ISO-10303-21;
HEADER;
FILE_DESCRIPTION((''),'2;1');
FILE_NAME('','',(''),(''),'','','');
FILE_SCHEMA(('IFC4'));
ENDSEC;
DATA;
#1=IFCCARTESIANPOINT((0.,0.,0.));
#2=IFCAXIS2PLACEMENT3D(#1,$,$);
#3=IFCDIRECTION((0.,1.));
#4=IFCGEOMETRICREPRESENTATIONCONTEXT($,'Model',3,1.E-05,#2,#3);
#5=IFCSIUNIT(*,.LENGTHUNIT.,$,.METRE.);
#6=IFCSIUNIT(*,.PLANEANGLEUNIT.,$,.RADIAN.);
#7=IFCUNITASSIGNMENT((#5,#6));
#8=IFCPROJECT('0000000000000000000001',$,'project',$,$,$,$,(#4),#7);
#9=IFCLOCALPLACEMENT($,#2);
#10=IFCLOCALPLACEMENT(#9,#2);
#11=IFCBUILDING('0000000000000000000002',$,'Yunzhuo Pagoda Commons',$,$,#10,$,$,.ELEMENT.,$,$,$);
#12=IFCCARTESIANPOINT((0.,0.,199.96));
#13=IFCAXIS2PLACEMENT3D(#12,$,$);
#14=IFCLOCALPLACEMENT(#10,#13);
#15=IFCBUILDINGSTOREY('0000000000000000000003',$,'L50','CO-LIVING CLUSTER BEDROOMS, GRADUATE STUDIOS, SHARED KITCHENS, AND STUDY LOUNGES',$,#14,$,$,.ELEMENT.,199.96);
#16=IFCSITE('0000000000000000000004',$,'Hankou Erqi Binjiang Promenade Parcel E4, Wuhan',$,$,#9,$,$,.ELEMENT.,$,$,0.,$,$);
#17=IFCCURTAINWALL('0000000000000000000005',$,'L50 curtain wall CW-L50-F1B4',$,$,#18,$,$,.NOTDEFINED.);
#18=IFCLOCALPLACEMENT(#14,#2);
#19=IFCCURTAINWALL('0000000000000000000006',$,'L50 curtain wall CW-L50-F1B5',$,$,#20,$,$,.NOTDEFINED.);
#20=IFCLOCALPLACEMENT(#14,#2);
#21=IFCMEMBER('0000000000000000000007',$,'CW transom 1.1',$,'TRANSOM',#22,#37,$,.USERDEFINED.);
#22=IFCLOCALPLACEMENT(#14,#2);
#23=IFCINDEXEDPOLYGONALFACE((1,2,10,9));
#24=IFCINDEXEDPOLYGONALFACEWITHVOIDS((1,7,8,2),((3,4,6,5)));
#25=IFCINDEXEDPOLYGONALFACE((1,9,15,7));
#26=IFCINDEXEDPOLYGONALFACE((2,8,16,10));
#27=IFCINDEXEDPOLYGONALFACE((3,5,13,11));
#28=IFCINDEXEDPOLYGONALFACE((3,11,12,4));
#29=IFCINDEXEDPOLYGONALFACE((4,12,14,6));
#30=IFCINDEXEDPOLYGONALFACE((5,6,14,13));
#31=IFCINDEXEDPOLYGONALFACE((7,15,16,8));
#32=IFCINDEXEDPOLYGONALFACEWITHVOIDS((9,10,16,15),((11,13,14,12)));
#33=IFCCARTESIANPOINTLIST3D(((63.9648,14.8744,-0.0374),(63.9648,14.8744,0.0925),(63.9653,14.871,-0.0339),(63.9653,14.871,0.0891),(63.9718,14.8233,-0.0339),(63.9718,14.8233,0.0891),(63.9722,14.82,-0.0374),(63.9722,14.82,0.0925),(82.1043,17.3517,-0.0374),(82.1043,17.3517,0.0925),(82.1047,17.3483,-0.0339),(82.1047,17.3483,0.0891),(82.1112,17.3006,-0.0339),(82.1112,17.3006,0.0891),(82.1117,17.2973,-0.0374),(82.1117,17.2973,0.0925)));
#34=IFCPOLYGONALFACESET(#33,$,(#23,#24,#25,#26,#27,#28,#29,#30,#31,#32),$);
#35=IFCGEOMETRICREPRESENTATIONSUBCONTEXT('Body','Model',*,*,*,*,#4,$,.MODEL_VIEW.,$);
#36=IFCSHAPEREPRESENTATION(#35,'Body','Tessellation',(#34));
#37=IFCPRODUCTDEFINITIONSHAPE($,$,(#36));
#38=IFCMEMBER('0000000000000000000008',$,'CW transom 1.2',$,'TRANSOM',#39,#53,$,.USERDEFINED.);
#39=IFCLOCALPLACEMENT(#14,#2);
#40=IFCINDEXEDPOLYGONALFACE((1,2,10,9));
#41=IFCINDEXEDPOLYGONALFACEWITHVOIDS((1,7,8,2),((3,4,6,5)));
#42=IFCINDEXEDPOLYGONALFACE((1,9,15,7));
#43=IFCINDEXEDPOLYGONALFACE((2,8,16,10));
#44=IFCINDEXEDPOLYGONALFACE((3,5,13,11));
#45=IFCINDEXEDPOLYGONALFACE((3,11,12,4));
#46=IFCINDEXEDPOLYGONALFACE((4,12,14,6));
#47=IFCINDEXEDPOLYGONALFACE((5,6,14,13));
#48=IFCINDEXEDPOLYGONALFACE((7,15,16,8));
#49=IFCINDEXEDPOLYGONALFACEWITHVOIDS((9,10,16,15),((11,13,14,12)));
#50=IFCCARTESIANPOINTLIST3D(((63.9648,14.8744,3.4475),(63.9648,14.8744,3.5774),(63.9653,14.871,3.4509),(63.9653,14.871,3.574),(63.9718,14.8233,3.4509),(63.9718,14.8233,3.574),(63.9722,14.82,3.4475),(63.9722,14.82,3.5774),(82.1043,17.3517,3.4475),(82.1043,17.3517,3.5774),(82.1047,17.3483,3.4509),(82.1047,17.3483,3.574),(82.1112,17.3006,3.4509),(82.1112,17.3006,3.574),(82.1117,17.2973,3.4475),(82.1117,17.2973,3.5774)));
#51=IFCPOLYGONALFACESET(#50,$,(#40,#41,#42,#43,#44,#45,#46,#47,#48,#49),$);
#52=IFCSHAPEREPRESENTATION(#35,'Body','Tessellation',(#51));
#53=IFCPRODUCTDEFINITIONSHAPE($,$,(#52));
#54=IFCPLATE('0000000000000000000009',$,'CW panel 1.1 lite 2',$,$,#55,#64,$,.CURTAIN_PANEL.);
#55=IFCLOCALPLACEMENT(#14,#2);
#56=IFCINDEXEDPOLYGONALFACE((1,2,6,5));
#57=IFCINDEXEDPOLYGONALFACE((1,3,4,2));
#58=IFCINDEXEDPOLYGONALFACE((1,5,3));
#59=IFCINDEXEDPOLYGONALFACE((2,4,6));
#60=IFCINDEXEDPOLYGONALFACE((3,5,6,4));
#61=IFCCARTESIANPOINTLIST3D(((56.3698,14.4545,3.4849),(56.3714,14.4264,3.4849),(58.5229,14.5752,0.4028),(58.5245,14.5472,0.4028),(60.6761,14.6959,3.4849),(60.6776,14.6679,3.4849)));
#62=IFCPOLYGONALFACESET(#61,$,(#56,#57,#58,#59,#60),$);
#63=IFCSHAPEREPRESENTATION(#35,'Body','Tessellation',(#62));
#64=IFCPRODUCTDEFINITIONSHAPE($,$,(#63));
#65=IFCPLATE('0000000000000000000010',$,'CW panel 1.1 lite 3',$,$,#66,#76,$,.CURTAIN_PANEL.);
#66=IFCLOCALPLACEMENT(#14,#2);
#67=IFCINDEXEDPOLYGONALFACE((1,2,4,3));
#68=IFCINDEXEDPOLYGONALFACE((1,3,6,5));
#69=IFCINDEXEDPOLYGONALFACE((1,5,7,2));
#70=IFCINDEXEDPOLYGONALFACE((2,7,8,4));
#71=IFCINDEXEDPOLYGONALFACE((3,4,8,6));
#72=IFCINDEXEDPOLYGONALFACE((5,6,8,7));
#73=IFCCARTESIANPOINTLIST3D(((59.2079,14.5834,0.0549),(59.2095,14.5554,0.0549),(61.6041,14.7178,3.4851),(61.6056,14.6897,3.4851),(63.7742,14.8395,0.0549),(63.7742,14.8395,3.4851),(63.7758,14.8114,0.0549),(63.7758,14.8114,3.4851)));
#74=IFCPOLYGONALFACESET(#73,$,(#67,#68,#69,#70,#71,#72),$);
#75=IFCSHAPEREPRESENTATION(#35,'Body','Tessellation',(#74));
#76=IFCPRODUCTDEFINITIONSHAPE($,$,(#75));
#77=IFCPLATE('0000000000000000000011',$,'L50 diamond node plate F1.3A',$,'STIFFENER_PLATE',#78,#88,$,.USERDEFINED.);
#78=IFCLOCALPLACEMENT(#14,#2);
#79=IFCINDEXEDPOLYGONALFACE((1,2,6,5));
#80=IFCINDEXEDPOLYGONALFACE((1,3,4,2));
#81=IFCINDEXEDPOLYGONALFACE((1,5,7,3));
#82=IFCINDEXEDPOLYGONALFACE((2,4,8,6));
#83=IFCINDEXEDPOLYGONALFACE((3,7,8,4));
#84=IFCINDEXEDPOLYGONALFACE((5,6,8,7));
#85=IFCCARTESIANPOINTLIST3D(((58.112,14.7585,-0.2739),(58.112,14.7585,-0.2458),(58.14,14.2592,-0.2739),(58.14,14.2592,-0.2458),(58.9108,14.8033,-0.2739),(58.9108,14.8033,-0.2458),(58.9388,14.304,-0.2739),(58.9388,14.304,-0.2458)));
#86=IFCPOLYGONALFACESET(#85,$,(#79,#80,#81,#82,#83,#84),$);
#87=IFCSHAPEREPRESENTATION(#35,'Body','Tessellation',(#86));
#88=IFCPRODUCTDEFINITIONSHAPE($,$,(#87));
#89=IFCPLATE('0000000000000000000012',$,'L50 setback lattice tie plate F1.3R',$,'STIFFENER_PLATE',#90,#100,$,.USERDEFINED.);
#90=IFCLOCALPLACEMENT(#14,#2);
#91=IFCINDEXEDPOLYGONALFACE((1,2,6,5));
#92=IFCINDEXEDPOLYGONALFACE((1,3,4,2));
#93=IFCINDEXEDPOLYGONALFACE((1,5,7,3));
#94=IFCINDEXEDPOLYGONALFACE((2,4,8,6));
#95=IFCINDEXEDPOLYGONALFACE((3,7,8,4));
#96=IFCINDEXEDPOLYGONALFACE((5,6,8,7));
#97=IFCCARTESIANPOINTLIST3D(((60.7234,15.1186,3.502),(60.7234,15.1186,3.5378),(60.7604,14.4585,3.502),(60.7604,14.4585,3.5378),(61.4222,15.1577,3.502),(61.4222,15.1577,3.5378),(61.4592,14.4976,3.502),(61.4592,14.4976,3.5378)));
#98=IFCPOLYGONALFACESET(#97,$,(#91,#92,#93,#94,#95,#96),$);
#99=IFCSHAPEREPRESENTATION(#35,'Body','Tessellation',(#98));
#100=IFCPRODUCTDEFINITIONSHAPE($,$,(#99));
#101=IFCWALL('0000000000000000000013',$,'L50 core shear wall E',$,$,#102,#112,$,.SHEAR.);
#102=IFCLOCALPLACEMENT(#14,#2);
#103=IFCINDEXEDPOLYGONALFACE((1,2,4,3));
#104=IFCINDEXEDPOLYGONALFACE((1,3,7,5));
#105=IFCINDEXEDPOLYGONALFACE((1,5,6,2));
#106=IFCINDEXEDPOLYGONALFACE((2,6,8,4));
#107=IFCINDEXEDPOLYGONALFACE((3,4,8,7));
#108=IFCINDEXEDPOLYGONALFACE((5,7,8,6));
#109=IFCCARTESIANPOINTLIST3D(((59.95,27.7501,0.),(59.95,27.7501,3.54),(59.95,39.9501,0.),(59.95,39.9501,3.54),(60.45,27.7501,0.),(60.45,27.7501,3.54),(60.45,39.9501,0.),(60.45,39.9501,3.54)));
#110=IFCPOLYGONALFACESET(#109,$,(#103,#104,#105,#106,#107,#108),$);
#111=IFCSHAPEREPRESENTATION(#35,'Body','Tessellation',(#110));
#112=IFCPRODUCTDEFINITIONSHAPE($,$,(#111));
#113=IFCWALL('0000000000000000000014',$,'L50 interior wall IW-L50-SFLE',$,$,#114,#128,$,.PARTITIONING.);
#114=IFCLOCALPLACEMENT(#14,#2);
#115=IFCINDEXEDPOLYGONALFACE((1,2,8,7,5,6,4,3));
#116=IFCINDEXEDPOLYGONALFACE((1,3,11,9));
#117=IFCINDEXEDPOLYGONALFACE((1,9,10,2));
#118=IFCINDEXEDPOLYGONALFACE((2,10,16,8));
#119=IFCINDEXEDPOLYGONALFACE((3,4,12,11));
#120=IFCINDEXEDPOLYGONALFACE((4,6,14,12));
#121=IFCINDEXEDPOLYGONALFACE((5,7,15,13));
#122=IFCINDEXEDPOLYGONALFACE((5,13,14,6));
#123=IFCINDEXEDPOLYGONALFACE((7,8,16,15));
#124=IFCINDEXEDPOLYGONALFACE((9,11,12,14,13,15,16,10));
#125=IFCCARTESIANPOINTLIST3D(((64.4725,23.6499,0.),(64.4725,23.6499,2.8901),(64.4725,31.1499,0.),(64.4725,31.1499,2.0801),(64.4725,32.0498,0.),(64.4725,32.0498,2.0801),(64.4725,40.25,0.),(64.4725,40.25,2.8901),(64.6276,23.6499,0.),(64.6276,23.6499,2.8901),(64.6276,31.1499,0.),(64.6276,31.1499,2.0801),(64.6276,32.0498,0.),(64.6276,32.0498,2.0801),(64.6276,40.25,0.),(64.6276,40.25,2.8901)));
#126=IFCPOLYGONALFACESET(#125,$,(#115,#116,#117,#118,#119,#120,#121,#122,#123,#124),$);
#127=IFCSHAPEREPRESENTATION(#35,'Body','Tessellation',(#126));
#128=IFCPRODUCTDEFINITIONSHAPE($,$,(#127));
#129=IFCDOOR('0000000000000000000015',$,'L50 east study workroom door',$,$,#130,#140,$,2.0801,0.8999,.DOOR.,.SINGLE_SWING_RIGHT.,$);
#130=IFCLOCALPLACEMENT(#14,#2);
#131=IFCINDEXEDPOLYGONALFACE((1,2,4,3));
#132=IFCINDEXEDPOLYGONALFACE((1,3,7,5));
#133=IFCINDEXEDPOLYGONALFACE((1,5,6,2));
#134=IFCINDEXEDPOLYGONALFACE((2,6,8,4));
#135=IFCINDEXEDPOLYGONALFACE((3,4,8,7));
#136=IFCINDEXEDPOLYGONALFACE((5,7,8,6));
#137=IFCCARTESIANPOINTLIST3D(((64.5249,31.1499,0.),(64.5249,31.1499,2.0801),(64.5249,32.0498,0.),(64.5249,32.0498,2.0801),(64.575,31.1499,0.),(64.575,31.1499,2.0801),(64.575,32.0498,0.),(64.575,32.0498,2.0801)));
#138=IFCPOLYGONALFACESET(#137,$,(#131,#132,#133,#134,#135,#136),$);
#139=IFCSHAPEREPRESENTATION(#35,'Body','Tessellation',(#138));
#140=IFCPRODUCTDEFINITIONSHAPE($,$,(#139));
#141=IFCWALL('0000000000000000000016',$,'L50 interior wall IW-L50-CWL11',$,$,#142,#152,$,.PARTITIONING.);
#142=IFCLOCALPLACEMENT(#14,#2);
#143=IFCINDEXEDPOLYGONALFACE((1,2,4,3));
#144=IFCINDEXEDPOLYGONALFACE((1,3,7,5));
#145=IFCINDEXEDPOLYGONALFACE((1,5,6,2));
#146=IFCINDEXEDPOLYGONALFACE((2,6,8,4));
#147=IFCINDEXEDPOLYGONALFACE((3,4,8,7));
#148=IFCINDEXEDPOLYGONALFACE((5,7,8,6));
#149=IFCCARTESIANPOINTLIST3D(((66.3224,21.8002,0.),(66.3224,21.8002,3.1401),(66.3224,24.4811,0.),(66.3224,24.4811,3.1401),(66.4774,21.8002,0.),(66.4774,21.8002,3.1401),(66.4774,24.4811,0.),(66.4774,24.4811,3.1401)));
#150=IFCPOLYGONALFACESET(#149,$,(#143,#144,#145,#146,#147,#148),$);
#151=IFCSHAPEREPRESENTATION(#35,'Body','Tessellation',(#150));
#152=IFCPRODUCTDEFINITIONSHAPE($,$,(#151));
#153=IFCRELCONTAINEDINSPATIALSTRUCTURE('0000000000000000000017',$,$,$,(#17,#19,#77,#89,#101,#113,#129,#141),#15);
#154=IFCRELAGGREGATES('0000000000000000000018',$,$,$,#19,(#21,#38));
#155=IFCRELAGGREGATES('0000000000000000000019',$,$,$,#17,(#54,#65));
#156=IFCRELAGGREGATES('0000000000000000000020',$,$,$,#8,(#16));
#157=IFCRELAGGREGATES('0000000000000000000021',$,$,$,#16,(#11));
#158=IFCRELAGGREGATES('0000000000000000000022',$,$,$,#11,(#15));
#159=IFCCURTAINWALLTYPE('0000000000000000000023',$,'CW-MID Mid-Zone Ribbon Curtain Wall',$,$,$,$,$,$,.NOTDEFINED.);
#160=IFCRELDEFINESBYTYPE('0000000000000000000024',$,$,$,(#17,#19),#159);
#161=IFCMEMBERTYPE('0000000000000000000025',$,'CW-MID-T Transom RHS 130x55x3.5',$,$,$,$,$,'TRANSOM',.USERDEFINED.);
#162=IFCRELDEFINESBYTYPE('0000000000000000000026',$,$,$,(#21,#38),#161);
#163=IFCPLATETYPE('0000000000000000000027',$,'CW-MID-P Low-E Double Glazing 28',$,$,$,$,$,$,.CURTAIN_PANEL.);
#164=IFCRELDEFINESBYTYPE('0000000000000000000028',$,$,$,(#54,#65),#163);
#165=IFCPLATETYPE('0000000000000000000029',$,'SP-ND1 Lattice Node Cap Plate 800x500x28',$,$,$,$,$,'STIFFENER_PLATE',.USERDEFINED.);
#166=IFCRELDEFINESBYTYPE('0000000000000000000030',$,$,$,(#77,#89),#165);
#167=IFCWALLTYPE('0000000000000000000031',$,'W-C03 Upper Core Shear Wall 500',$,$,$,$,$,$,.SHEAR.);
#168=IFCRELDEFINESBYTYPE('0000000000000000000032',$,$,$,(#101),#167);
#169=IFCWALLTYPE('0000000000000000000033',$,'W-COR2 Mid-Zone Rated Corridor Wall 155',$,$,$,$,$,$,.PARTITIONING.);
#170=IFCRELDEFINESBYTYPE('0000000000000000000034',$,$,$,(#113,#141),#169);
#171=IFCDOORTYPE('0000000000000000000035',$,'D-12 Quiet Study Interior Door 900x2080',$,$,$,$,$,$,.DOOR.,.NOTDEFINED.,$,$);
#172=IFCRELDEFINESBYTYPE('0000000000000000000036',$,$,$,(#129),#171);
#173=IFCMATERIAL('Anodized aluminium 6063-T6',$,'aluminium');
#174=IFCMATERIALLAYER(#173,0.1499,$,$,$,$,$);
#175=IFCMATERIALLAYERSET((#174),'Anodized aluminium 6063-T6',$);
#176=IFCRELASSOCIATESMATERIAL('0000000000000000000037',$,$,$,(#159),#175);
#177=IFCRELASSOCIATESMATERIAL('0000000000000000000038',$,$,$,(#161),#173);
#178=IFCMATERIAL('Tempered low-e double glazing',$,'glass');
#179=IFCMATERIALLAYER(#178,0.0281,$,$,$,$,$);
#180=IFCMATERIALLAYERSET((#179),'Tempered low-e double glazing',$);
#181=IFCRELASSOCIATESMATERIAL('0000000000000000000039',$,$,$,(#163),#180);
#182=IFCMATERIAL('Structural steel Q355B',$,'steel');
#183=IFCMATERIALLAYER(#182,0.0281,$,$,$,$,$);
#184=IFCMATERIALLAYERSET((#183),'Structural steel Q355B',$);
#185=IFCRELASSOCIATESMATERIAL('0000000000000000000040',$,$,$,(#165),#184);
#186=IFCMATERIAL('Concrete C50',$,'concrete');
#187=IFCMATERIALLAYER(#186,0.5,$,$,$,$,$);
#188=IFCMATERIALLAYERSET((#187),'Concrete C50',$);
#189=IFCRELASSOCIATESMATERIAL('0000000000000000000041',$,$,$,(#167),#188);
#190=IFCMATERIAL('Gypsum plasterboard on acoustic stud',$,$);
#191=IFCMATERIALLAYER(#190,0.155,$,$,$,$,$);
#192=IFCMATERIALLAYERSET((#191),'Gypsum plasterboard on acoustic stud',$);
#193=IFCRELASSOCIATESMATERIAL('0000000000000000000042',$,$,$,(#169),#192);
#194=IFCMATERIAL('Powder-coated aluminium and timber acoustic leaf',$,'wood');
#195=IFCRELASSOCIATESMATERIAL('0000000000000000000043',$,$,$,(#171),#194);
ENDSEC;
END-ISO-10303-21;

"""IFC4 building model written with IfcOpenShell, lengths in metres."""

from ifc_helpers import new_model, si_unit, direction, frame, frame_2d, origin, origin_2d, place, context, subcontext, project, spatial, polyline, rectangle, hollow_rectangle, outline, extrude, source, transform, mapped, material, layer, layer_set, material_profile, profile_set, type_object, element, fill, aggregate, save


model = new_model("IFC4")

# Units and contexts
model_context = context("Model", 3, precision=1e-05, world=origin(), true_north=direction((0.0, 1.0)))
body_context = subcontext(model_context, "Body", "Model", "MODEL_VIEW")
ifc_project = project(units=[si_unit("LENGTHUNIT", "METRE"), si_unit("PLANEANGLEUNIT", "RADIAN")], contexts=[model_context])

# Site, building, storey
site_placement = place(None, origin())
site = spatial("IfcSite", under=ifc_project, at=site_placement, Name="Hankou Erqi Binjiang Promenade Parcel E4, Wuhan", CompositionType="ELEMENT", RefElevation=0.0)
building_placement = place(site_placement, origin())
building = spatial("IfcBuilding", under=site, at=building_placement, Name="Yunzhuo Pagoda Commons", CompositionType="ELEMENT")
storey_placement = place(building_placement, frame((0.0, 0.0, 199.96)))
storey = spatial("IfcBuildingStorey", under=building, at=storey_placement, Name="L50", Description="CO-LIVING CLUSTER BEDROOMS, GRADUATE STUDIOS, SHARED KITCHENS, AND STUDY LOUNGES", CompositionType="ELEMENT", Elevation=199.96)

# Shared definitions
ifc_material_1 = material(Name="Structural steel Q355B", Category="steel")

# Curtain wall
ifc_material_2 = material(Name="Anodized aluminium 6063-T6", Category="aluminium")
ifc_layer_1 = layer(ifc_material_2, 0.1499)
ifc_layer_set_1 = layer_set([ifc_layer_1], Name="Anodized aluminium 6063-T6")
curtain_wall_type = type_object("IfcCurtainWallType", Name="CW-MID Mid-Zone Ribbon Curtain Wall", PredefinedType="NOTDEFINED", material=ifc_layer_set_1)
curtain_wall_1_placement = place(storey_placement, origin())
curtain_wall_1 = element("IfcCurtainWall", 1, at=curtain_wall_1_placement, inside=storey, type_object=curtain_wall_type, Name="L50 curtain wall CW-L50-F1B4", PredefinedType="NOTDEFINED")

# Curtain wall, members
curtain_wall_2_placement = place(storey_placement, origin())
curtain_wall_2 = element("IfcCurtainWall", 2, at=curtain_wall_2_placement, inside=storey, type_object=curtain_wall_type, Name="L50 curtain wall CW-L50-F1B5", PredefinedType="NOTDEFINED")
ifc_material_profile_1 = material_profile(ifc_material_2, hollow_rectangle(XDim=0.0549, YDim=0.1299, WallThickness=0.0034, at=origin_2d()), Name="Anodized aluminium 6063-T6")
ifc_profile_set_1 = profile_set([ifc_material_profile_1], Name="Anodized aluminium 6063-T6")
member_type_1 = type_object("IfcMemberType", Name="CW-MID-T Transom RHS 130x55x3.5", ElementType="TRANSOM", PredefinedType="USERDEFINED", material=ifc_profile_set_1)
shared_shape_1 = source(origin(), body_context, "Body", "SweptSolid", [
    extrude(hollow_rectangle(XDim=0.0549, YDim=0.1299, WallThickness=0.0034, at=origin_2d()), origin(), (0.0, 0.0, 1.0), 18.3079),
])
member_1_placement = place(storey_placement, frame((63.9685, 14.8472, 0.0276), z_axis=(0.990803, 0.135314, 0.0), x_axis=(-0.135314, 0.990803, 0.0)))
member_1 = element("IfcMember", 3, at=member_1_placement, type_object=member_type_1, Name="CW transom 1.1", ObjectType="TRANSOM", PredefinedType="USERDEFINED", context=body_context, shape_type="MappedRepresentation", body=[
    mapped(shared_shape_1, transform((0.0, 0.0, 0.0), scale=1.0)),
])
member_2_placement = place(storey_placement, frame((63.9685, 14.8472, 3.5125), z_axis=(0.990803, 0.135314, 0.0), x_axis=(-0.135314, 0.990803, 0.0)))
member_2 = element("IfcMember", 4, at=member_2_placement, type_object=member_type_1, Name="CW transom 1.2", ObjectType="TRANSOM", PredefinedType="USERDEFINED", context=body_context, shape_type="MappedRepresentation", body=[
    mapped(shared_shape_1, transform((0.0, 0.0, 0.0), scale=1.0)),
])
aggregate(curtain_wall_2, [member_1, member_2])

# Plates
ifc_material_3 = material(Name="Tempered low-e double glazing", Category="glass")
ifc_layer_2 = layer(ifc_material_3, 0.0281)
ifc_layer_set_2 = layer_set([ifc_layer_2], Name="Tempered low-e double glazing")
plate_type_1 = type_object("IfcPlateType", Name="CW-MID-P Low-E Double Glazing 28", PredefinedType="CURTAIN_PANEL", material=ifc_layer_set_2)
plate_1_placement = place(storey_placement, frame((58.5229, 14.5752, 1.9438), z_axis=(0.055983, -0.998432, 0.0), x_axis=(0.998432, 0.055983, 0.0)))
plate_1 = element("IfcPlate", 5, at=plate_1_placement, type_object=plate_type_1, Name="CW panel 1.1 lite 2", PredefinedType="CURTAIN_PANEL", context=body_context, shape_type="SweptSolid", body=[
    extrude(outline(polyline([(-2.1565, 1.541), (0.0, -1.541), (2.1565, 1.541), (-2.1565, 1.541)])), origin(), (0.0, 0.0, 1.0), 0.0281),
])
plate_2_placement = place(storey_placement, frame((61.491, 14.7114, 1.77), z_axis=(0.055983, -0.998432, 0.0), x_axis=(0.998432, 0.055983, 0.0)))
plate_2 = element("IfcPlate", 6, at=plate_2_placement, type_object=plate_type_1, Name="CW panel 1.1 lite 3", PredefinedType="CURTAIN_PANEL", context=body_context, shape_type="SweptSolid", body=[
    extrude(outline(polyline([(-2.2866, -1.7151), (2.2869, -1.7151), (2.2869, 1.7151), (0.1133, 1.7151), (-2.2866, -1.7151)])), origin(), (0.0, 0.0, 1.0), 0.0281),
])
aggregate(curtain_wall_1, [plate_1, plate_2])

# Plates
ifc_layer_3 = layer(ifc_material_1, 0.0281)
ifc_layer_set_3 = layer_set([ifc_layer_3], Name="Structural steel Q355B")
plate_type_2 = type_object("IfcPlateType", Name="SP-ND1 Lattice Node Cap Plate 800x500x28", ElementType="STIFFENER_PLATE", PredefinedType="USERDEFINED", material=ifc_layer_set_3)
shared_shape_2 = source(origin(), body_context, "Body", "SweptSolid", [
    extrude(rectangle(XDim=0.8, YDim=0.5, at=origin_2d()), origin(), (0.0, 0.0, 1.0), 0.0281),
])
plate_3_placement = place(storey_placement, frame((58.5254, 14.5312, -0.2739), z_axis=(0.0, 0.0, 1.0), x_axis=(0.998432, 0.055978, 0.0)))
element("IfcPlate", 7, at=plate_3_placement, inside=storey, type_object=plate_type_2, Name="L50 diamond node plate F1.3A", ObjectType="STIFFENER_PLATE", PredefinedType="USERDEFINED", context=body_context, shape_type="MappedRepresentation", body=[
    mapped(shared_shape_2, transform((0.0, 0.0, 0.0), scale=1.0)),
])
shared_shape_3 = source(origin(), body_context, "Body", "SweptSolid", [
    extrude(rectangle(XDim=0.7, YDim=0.6611, at=origin_2d()), origin(), (0.0, 0.0, 1.0), 0.0359),
])
plate_4_placement = place(storey_placement, frame((61.0913, 14.8081, 3.502), z_axis=(0.0, 0.0, 1.0), x_axis=(0.998432, 0.055978, 0.0)))
element("IfcPlate", 8, at=plate_4_placement, inside=storey, type_object=plate_type_2, Name="L50 setback lattice tie plate F1.3R", ObjectType="STIFFENER_PLATE", PredefinedType="USERDEFINED", context=body_context, shape_type="MappedRepresentation", body=[
    mapped(shared_shape_3, transform((0.0, 0.0, 0.0), scale=1.0)),
])

# Wall
ifc_material_4 = material(Name="Concrete C50", Category="concrete")
ifc_layer_4 = layer(ifc_material_4, 0.5)
ifc_layer_set_4 = layer_set([ifc_layer_4], Name="Concrete C50")
wall_type_1 = type_object("IfcWallType", Name="W-C03 Upper Core Shear Wall 500", PredefinedType="SHEAR", material=ifc_layer_set_4)
wall_1_placement = place(storey_placement, frame((60.2, 27.75, 0.0), z_axis=(0.0, 0.0, 1.0), x_axis=(0.0, 1.0, 0.0)))
element("IfcWall", 9, at=wall_1_placement, inside=storey, type_object=wall_type_1, Name="L50 core shear wall E", PredefinedType="SHEAR", context=body_context, shape_type="SweptSolid", body=[
    extrude(rectangle(XDim=12.2, YDim=0.5, at=frame_2d((6.1001, 0.0))), origin(), (0.0, 0.0, 1.0), 3.54),
])

# Wall, opening, door
ifc_material_5 = material(Name="Gypsum plasterboard on acoustic stud")
ifc_layer_5 = layer(ifc_material_5, 0.155)
ifc_layer_set_5 = layer_set([ifc_layer_5], Name="Gypsum plasterboard on acoustic stud")
wall_type_2 = type_object("IfcWallType", Name="W-COR2 Mid-Zone Rated Corridor Wall 155", PredefinedType="PARTITIONING", material=ifc_layer_set_5)
wall_2_placement = place(storey_placement, frame((64.55, 23.6499, 0.0), z_axis=(0.0, 0.0, 1.0), x_axis=(0.0, 1.0, 0.0)))
wall_2 = element("IfcWall", 10, at=wall_2_placement, inside=storey, type_object=wall_type_2, Name="L50 interior wall IW-L50-SFLE", PredefinedType="PARTITIONING", context=body_context, shape_type="SweptSolid", body=[
    extrude(rectangle(XDim=16.6001, YDim=0.155, at=frame_2d((8.3, 0.0))), origin(), (0.0, 0.0, 1.0), 2.8901),
])
opening_1_placement = place(wall_2_placement, frame((7.5, 0.0, 0.0)))
opening_1 = element("IfcOpeningElement", 11, at=opening_1_placement, cuts=wall_2, PredefinedType="OPENING", context=body_context, shape_type="SweptSolid", body=[
    extrude(rectangle(XDim=0.8999, YDim=2.0801, at=frame_2d((0.45, 1.04))), frame((0.0, 0.0874, 0.0), z_axis=(0.0, -1.0, 0.0), x_axis=(1.0, 0.0, 0.0)), (0.0, 0.0, 1.0), 0.175),
])
ifc_material_6 = material(Name="Powder-coated aluminium and timber acoustic leaf", Category="wood")
door_type_1 = type_object("IfcDoorType", Name="D-12 Quiet Study Interior Door 900x2080", OperationType="NOTDEFINED", PredefinedType="DOOR", material=ifc_material_6)
shared_shape_4 = source(origin(), body_context, "Body", "SweptSolid", [
    extrude(rectangle(XDim=0.8999, YDim=2.0801, at=frame_2d((0.45, 1.04))), frame((0.0, 0.0249, 0.0), z_axis=(0.0, -1.0, 0.0), x_axis=(1.0, 0.0, 0.0)), (0.0, 0.0, 1.0), 0.05),
])
door_1_placement = place(opening_1_placement, frame((0.8999, 0.0, 0.0), z_axis=(0.0, 0.0, 1.0), x_axis=(-1.0, 0.0, 0.0)))
door_1 = element("IfcDoor", 12, at=door_1_placement, inside=storey, type_object=door_type_1, Name="L50 east study workroom door", OperationType="SINGLE_SWING_RIGHT", OverallHeight=2.0801, OverallWidth=0.8999, PredefinedType="DOOR", context=body_context, shape_type="MappedRepresentation", body=[
    mapped(shared_shape_4, transform((0.0, 0.0, 0.0), scale=1.0)),
])
fill(opening_1, door_1)

# Wall
wall_3_placement = place(storey_placement, frame((66.3999, 24.481, 0.0), z_axis=(0.0, 0.0, 1.0), x_axis=(0.0, -1.0, 0.0)))
element("IfcWall", 13, at=wall_3_placement, inside=storey, type_object=wall_type_2, Name="L50 interior wall IW-L50-CWL11", PredefinedType="PARTITIONING", context=body_context, shape_type="SweptSolid", body=[
    extrude(rectangle(XDim=2.6809, YDim=0.155, at=frame_2d((1.3403, 0.0))), origin(), (0.0, 0.0, 1.0), 3.1401),
])

save(model, "model.ifc")
